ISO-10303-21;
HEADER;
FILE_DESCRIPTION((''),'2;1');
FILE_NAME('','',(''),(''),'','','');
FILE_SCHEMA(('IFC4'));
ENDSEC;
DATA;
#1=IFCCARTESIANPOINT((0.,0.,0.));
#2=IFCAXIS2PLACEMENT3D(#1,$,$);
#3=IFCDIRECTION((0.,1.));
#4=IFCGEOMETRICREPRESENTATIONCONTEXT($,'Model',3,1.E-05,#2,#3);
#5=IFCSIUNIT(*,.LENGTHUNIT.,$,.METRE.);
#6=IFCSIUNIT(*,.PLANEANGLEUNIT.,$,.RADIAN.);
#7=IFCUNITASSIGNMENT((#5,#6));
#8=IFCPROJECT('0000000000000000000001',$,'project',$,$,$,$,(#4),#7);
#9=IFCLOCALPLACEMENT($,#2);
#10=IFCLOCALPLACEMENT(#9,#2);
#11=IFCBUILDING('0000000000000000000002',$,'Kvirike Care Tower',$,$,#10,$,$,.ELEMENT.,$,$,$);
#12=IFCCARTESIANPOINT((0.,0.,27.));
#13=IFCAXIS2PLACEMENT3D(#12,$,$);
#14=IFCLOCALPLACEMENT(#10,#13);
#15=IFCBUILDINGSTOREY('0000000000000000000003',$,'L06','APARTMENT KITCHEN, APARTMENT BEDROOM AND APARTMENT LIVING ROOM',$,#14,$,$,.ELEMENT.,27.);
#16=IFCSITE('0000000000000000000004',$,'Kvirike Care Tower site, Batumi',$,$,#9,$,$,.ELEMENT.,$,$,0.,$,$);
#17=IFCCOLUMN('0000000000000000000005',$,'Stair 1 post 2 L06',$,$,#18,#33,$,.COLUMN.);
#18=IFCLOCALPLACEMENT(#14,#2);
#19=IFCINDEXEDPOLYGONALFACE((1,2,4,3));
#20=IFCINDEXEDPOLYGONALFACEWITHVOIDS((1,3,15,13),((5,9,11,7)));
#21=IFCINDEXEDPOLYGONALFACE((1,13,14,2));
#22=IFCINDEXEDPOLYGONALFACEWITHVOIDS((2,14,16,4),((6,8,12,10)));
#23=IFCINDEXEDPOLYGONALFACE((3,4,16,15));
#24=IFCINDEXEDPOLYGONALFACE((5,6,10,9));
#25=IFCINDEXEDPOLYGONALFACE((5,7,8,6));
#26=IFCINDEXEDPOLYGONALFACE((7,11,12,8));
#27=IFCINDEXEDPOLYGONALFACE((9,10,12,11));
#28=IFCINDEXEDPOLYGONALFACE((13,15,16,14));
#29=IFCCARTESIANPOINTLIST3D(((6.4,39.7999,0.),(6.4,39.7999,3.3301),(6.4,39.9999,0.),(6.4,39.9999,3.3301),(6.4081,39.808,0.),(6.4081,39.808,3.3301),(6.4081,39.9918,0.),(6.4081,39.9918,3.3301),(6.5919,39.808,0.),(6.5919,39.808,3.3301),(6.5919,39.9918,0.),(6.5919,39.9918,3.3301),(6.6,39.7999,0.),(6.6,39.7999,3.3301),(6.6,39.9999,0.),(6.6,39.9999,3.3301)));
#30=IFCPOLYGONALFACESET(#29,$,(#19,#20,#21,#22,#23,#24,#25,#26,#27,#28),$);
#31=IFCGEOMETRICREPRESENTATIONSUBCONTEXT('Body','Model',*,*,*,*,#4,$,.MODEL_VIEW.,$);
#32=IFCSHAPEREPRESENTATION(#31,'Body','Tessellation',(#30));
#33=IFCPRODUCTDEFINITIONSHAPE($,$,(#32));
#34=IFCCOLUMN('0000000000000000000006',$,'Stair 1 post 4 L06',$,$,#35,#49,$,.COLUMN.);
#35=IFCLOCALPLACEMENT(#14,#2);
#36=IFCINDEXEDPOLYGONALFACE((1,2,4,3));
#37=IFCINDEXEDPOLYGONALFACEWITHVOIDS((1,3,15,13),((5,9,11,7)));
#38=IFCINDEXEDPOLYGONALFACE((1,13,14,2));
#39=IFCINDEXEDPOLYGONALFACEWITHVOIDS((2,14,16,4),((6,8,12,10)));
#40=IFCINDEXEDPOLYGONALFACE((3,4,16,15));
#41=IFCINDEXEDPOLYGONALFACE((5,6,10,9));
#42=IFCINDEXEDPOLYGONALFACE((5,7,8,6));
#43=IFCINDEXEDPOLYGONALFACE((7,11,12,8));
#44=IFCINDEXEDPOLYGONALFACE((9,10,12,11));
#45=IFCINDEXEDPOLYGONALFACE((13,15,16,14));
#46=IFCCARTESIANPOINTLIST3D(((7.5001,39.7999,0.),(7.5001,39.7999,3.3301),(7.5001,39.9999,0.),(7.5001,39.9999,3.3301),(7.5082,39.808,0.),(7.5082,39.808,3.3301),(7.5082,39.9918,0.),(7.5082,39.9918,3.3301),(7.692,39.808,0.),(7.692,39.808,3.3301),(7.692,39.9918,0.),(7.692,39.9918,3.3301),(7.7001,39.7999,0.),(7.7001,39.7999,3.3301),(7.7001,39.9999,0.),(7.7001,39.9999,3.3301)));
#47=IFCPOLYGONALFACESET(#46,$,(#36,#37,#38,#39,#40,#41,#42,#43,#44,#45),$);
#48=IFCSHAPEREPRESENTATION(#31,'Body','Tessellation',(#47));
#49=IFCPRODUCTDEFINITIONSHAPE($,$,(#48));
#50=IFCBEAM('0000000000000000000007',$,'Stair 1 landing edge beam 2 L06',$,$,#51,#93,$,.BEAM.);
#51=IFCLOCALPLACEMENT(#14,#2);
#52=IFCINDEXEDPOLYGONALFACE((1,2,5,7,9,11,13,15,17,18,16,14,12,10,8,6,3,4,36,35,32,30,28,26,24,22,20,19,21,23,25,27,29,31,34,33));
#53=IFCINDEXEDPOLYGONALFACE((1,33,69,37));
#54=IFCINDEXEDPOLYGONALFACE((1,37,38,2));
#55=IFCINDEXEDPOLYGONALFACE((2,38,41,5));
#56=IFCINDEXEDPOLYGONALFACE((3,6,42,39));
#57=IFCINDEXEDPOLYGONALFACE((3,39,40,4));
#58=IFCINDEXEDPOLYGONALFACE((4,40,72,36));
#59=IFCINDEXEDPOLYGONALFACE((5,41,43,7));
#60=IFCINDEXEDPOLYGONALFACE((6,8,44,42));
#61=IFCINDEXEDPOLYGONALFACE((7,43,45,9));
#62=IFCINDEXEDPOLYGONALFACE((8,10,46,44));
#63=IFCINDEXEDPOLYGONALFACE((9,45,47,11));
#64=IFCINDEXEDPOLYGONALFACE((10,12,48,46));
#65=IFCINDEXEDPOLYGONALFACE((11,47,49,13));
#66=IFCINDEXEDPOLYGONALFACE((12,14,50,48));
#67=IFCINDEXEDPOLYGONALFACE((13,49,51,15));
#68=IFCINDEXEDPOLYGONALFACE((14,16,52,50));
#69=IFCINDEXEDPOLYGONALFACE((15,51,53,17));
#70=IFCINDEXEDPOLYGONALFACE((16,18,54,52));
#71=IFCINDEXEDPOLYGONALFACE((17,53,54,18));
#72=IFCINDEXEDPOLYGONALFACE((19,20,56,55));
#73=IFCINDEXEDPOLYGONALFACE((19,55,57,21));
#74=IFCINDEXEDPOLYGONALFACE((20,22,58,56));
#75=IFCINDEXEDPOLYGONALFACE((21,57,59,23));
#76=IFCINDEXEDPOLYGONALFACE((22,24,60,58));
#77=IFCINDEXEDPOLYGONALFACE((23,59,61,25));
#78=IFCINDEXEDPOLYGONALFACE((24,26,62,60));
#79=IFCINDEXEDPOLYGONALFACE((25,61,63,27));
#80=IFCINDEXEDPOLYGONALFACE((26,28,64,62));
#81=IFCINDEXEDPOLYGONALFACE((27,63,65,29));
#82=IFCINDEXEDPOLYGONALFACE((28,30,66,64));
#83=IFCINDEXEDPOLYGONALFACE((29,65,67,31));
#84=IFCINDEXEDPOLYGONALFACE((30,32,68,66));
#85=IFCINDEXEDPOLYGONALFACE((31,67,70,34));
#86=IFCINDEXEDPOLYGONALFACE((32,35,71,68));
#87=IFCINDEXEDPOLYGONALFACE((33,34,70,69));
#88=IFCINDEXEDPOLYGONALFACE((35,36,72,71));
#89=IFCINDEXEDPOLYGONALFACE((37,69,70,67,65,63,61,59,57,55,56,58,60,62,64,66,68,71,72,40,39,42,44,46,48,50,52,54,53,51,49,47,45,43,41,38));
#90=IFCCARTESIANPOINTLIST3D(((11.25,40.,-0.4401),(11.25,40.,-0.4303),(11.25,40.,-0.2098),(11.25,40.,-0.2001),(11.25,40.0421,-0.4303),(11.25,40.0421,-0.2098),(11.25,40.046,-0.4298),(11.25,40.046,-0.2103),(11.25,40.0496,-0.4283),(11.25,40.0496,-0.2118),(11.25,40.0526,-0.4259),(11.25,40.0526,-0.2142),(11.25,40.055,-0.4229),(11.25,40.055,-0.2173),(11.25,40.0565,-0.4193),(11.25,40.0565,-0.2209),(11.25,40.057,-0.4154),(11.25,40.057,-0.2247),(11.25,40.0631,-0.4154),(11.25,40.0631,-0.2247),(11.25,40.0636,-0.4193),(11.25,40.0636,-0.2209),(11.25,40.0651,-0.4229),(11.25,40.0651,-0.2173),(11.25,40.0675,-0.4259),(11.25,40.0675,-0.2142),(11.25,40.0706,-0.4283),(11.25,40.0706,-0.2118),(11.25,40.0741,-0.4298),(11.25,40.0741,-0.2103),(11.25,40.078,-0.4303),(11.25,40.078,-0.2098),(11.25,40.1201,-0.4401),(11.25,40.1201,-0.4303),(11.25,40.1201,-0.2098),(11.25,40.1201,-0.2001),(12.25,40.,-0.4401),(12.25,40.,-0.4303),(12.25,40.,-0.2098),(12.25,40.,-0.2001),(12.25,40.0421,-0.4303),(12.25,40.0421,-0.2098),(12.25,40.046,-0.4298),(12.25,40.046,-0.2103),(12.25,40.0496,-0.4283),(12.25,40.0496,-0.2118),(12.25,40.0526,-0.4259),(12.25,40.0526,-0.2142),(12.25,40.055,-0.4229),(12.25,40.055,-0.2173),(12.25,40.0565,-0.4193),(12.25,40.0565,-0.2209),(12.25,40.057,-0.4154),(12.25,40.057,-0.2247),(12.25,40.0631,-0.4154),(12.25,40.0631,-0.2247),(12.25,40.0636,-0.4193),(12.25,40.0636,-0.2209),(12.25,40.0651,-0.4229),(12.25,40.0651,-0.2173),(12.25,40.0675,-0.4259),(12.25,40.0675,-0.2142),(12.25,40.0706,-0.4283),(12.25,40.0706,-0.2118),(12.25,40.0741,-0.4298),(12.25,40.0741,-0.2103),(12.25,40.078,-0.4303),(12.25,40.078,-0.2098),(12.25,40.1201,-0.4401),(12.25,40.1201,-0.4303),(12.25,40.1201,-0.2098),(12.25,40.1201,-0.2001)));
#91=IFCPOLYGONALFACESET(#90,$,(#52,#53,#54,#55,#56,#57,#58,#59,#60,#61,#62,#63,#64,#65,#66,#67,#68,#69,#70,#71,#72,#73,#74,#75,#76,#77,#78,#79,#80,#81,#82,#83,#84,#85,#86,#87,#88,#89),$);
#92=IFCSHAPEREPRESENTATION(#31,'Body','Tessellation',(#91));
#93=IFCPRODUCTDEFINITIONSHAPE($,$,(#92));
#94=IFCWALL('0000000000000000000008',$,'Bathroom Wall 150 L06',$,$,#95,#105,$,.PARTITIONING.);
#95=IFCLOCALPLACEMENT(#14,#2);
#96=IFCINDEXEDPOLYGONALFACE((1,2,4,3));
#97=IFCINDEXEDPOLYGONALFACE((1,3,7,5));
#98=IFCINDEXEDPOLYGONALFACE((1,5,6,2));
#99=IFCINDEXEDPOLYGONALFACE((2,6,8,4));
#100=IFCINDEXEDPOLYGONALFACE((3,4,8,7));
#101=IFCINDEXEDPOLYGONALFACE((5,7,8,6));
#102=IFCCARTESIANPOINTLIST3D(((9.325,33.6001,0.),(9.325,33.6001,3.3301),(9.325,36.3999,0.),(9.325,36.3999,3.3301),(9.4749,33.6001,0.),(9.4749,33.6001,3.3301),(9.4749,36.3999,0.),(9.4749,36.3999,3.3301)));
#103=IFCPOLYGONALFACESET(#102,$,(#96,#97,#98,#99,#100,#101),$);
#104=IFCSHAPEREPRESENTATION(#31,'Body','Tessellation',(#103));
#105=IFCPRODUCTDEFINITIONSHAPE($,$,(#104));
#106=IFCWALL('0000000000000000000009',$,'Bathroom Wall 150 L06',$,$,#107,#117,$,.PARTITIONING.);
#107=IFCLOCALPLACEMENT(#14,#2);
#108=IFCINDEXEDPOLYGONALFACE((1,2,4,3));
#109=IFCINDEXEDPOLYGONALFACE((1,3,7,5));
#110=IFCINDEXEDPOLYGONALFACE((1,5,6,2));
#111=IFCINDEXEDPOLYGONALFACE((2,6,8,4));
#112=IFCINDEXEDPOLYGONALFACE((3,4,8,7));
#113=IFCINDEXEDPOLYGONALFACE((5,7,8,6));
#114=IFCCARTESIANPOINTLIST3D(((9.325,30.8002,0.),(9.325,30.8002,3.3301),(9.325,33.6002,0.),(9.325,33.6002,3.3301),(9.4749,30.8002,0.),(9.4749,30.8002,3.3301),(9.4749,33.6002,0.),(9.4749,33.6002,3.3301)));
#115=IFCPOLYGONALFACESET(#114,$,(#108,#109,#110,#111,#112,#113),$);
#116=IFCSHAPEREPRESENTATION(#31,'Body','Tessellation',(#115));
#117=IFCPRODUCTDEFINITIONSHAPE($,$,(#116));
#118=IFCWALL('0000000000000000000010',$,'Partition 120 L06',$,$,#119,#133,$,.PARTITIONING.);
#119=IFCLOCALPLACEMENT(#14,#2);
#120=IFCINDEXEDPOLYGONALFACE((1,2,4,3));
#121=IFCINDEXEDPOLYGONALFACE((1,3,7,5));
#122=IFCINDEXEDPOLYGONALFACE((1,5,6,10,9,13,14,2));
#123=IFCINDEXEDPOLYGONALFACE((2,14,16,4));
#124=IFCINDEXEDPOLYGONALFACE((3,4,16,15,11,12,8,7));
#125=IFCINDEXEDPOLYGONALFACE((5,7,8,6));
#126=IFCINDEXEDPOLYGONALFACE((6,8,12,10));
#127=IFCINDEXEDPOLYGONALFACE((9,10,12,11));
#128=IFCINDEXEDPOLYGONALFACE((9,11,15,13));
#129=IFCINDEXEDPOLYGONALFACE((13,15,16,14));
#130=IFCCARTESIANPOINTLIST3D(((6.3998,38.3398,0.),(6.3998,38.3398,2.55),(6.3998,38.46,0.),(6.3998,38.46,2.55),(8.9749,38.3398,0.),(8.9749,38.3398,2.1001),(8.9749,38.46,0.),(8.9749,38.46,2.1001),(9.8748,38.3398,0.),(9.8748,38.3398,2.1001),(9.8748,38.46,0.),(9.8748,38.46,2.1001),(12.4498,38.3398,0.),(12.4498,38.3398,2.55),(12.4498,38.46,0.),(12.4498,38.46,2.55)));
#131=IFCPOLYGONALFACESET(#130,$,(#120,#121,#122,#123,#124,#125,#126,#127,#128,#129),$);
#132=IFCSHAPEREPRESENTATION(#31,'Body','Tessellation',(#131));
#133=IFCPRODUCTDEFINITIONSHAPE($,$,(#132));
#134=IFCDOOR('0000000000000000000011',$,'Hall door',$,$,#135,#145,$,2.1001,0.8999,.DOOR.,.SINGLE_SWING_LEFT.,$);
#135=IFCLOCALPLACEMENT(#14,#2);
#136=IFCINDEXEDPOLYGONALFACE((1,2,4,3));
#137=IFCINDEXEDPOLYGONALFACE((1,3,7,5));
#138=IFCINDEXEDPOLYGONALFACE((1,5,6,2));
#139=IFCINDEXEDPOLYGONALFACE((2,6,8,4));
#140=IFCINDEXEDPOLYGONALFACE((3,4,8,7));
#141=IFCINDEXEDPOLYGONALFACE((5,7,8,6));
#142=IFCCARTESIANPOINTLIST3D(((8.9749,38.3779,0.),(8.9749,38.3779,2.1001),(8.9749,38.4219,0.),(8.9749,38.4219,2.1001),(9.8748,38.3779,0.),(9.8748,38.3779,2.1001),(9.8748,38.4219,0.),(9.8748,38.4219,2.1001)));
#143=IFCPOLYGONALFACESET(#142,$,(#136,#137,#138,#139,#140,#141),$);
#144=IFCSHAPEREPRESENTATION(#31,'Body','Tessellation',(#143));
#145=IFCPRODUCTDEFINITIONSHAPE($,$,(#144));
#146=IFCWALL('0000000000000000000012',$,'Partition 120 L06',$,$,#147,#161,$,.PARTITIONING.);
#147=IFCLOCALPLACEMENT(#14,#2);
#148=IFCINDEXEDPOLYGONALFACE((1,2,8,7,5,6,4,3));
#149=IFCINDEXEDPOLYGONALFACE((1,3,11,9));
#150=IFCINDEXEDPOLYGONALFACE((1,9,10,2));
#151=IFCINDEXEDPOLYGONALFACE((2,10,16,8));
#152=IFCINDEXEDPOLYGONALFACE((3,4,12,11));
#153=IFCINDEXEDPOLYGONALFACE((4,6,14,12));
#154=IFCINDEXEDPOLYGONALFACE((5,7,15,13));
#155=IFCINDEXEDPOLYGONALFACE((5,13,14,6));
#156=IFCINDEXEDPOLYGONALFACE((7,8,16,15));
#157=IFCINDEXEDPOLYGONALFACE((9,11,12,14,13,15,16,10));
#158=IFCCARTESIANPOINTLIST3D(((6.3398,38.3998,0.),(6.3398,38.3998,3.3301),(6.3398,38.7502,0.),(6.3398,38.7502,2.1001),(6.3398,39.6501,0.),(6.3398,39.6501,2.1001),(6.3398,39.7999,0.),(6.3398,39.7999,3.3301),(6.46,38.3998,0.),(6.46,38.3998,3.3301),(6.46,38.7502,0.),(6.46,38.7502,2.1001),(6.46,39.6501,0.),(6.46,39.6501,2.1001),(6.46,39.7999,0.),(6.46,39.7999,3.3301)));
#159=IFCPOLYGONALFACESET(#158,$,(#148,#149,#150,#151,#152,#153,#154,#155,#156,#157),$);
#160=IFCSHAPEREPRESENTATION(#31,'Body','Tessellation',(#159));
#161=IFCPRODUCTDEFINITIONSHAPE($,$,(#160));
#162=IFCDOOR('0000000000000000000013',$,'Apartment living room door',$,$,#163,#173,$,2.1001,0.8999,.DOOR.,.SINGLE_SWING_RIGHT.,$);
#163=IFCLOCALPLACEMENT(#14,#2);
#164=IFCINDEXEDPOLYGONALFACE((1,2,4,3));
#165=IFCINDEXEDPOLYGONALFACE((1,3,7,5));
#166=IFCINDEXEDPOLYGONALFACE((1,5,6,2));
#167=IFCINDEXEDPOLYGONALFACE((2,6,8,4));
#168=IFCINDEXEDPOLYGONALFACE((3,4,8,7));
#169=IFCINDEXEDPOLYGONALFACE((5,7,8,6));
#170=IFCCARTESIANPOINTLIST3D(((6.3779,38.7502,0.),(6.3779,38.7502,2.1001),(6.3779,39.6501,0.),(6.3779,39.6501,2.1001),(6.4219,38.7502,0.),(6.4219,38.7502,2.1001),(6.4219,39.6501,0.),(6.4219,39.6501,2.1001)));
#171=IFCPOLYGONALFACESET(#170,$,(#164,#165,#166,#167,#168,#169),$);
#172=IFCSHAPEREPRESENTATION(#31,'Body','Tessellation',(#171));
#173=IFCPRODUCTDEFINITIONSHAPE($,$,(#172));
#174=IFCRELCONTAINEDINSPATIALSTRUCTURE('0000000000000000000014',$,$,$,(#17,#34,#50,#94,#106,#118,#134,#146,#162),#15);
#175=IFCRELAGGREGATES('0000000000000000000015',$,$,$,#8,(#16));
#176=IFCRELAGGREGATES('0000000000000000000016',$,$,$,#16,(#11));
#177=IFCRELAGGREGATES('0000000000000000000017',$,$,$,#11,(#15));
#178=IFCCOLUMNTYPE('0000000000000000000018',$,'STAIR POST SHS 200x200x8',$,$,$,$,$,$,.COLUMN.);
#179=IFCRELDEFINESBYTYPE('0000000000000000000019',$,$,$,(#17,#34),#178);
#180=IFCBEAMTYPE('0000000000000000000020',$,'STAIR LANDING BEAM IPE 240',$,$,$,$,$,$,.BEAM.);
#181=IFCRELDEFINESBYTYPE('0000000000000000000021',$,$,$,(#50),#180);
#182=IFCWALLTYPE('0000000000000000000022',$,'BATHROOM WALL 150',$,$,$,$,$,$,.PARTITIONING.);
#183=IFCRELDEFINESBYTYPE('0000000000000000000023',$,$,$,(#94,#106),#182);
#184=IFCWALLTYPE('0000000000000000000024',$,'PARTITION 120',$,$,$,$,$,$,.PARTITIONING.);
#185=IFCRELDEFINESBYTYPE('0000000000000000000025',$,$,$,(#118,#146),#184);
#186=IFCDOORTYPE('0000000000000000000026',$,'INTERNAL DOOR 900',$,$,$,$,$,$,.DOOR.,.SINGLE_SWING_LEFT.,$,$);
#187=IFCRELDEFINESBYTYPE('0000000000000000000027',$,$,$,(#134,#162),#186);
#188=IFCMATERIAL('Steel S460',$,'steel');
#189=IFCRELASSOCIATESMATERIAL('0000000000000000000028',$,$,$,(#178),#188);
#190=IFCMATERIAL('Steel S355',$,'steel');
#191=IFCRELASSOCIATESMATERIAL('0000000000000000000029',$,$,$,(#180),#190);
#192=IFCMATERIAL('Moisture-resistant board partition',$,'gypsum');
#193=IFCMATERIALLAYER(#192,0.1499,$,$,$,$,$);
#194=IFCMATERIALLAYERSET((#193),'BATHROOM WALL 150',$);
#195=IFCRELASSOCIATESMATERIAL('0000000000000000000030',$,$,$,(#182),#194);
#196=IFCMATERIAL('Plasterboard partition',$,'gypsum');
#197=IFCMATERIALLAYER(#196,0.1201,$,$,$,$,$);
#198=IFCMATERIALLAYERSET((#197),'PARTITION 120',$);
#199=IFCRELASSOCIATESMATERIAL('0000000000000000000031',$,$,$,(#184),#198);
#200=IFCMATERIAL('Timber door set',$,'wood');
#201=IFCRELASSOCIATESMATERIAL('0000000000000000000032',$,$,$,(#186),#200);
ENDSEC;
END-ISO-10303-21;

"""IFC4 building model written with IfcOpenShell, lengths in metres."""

from ifc_helpers import new_model, si_unit, direction, frame, frame_2d, origin, origin_2d, place, context, subcontext, project, spatial, rectangle, hollow_rectangle, i_section, extrude, material, layer, layer_set, material_profile, profile_set, type_object, element, fill, save


model = new_model("IFC4")

# Units and contexts
model_context = context("Model", 3, precision=1e-05, world=origin(), true_north=direction((0.0, 1.0)))
body_context = subcontext(model_context, "Body", "Model", "MODEL_VIEW")
ifc_project = project(units=[si_unit("LENGTHUNIT", "METRE"), si_unit("PLANEANGLEUNIT", "RADIAN")], contexts=[model_context])

# Site, building, storey
site_placement = place(None, origin())
site = spatial("IfcSite", under=ifc_project, at=site_placement, Name="Kvirike Care Tower site, Batumi", CompositionType="ELEMENT", RefElevation=0.0)
building_placement = place(site_placement, origin())
building = spatial("IfcBuilding", under=site, at=building_placement, Name="Kvirike Care Tower", CompositionType="ELEMENT")
storey_placement = place(building_placement, frame((0.0, 0.0, 27.0)))
storey = spatial("IfcBuildingStorey", under=building, at=storey_placement, Name="L06", Description="APARTMENT KITCHEN, APARTMENT BEDROOM AND APARTMENT LIVING ROOM", CompositionType="ELEMENT", Elevation=27.0)

# Columns
ifc_material_1 = material(Name="Steel S460", Category="steel")
ifc_material_profile_1 = material_profile(ifc_material_1, hollow_rectangle(XDim=0.2, YDim=0.2, WallThickness=0.0081, at=origin_2d()), Name="SHS 200x200x8")
ifc_profile_set_1 = profile_set([ifc_material_profile_1], Name="Steel S460")
column_type = type_object("IfcColumnType", Name="STAIR POST SHS 200x200x8", PredefinedType="COLUMN", material=ifc_profile_set_1)
for number, where, z_axis, x_axis, name in (
    (1, (6.5, 39.8999, 0.0), (0.0, 0.0, 1.0), (1.0, 0.0, 0.0), "Stair 1 post 2 L06"),
    (2, (7.6001, 39.8999, 0.0), (0.0, 0.0, 1.0), (1.0, 0.0, 0.0), "Stair 1 post 4 L06"),
):
    element("IfcColumn", number, at=place(storey_placement, frame(where, z_axis=z_axis, x_axis=x_axis)), inside=storey, type_object=column_type, Name=name, PredefinedType="COLUMN", context=body_context, shape_type="SweptSolid", body=[
        extrude(hollow_rectangle(XDim=0.2, YDim=0.2, WallThickness=0.0081, at=origin_2d()), origin(), (0.0, 0.0, 1.0), 3.3301),
    ])

# Beam
ifc_material_2 = material(Name="Steel S355", Category="steel")
ifc_material_profile_2 = material_profile(ifc_material_2, i_section(OverallWidth=0.1201, OverallDepth=0.24, WebThickness=0.0061, FlangeThickness=0.0098, FilletRadius=0.0149, at=origin_2d()), Name="IPE 240")
ifc_profile_set_2 = profile_set([ifc_material_profile_2], Name="Steel S355")
beam_type = type_object("IfcBeamType", Name="STAIR LANDING BEAM IPE 240", PredefinedType="BEAM", material=ifc_profile_set_2)
beam_placement = place(storey_placement, frame((11.25, 40.0601, -0.3201), z_axis=(1.0, 0.0, 0.0), x_axis=(0.0, 1.0, 0.0)))
element("IfcBeam", 3, at=beam_placement, inside=storey, type_object=beam_type, Name="Stair 1 landing edge beam 2 L06", PredefinedType="BEAM", context=body_context, shape_type="SweptSolid", body=[
    extrude(i_section(OverallWidth=0.1201, OverallDepth=0.24, WebThickness=0.0061, FlangeThickness=0.0098, FilletRadius=0.0149, at=origin_2d()), origin(), (0.0, 0.0, 1.0), 1.0),
])

# Walls
ifc_material_3 = material(Name="Moisture-resistant board partition", Category="gypsum")
ifc_layer_1 = layer(ifc_material_3, 0.1499)
ifc_layer_set_1 = layer_set([ifc_layer_1], Name="BATHROOM WALL 150")
wall_type_1 = type_object("IfcWallType", Name="BATHROOM WALL 150", PredefinedType="PARTITIONING", material=ifc_layer_set_1)
wall_1_placement = place(storey_placement, frame((9.3999, 36.3999, 0.0), z_axis=(0.0, 0.0, 1.0), x_axis=(0.0, -1.0, 0.0)))
element("IfcWall", 4, at=wall_1_placement, inside=storey, type_object=wall_type_1, Name="Bathroom Wall 150 L06", PredefinedType="PARTITIONING", context=body_context, shape_type="SweptSolid", body=[
    extrude(rectangle(XDim=2.7998, YDim=0.1499, at=frame_2d((1.3999, 0.0))), origin(), (0.0, 0.0, 1.0), 3.3301),
])
wall_2_placement = place(storey_placement, frame((9.3999, 33.6001, 0.0), z_axis=(0.0, 0.0, 1.0), x_axis=(0.0, -1.0, 0.0)))
element("IfcWall", 5, at=wall_2_placement, inside=storey, type_object=wall_type_1, Name="Bathroom Wall 150 L06", PredefinedType="PARTITIONING", context=body_context, shape_type="SweptSolid", body=[
    extrude(rectangle(XDim=2.8, YDim=0.1499, at=frame_2d((1.3999, 0.0))), origin(), (0.0, 0.0, 1.0), 3.3301),
])

# Walls, openings, doors
ifc_material_4 = material(Name="Plasterboard partition", Category="gypsum")
ifc_layer_2 = layer(ifc_material_4, 0.1201)
ifc_layer_set_2 = layer_set([ifc_layer_2], Name="PARTITION 120")
wall_type_2 = type_object("IfcWallType", Name="PARTITION 120", PredefinedType="PARTITIONING", material=ifc_layer_set_2)
wall_3_placement = place(storey_placement, frame((6.3999, 38.3999, 0.0), z_axis=(0.0, 0.0, 1.0), x_axis=(1.0, 0.0, 0.0)))
wall_3 = element("IfcWall", 6, at=wall_3_placement, inside=storey, type_object=wall_type_2, Name="Partition 120 L06", PredefinedType="PARTITIONING", context=body_context, shape_type="SweptSolid", body=[
    extrude(rectangle(XDim=6.05, YDim=0.1201, at=frame_2d((3.0249, 0.0))), origin(), (0.0, 0.0, 1.0), 2.55),
])
opening_1_placement = place(wall_3_placement, frame((2.575, 0.0, 0.0)))
opening_1 = element("IfcOpeningElement", 7, at=opening_1_placement, cuts=wall_3, PredefinedType="OPENING", context=body_context, shape_type="SweptSolid", body=[
    extrude(rectangle(XDim=0.8999, YDim=2.1001, at=frame_2d((0.45, 1.05))), frame((0.0, 0.0706, 0.0), z_axis=(0.0, -1.0, 0.0), x_axis=(1.0, 0.0, 0.0)), (0.0, 0.0, 1.0), 0.1411),
])
ifc_material_5 = material(Name="Timber door set", Category="wood")
door_type_1 = type_object("IfcDoorType", Name="INTERNAL DOOR 900", OperationType="SINGLE_SWING_LEFT", PredefinedType="DOOR", material=ifc_material_5)
door_1_placement = place(opening_1_placement, origin())
door_1 = element("IfcDoor", 8, at=door_1_placement, inside=storey, type_object=door_type_1, Name="Hall door", OperationType="SINGLE_SWING_LEFT", OverallHeight=2.1001, OverallWidth=0.8999, PredefinedType="DOOR", context=body_context, shape_type="SweptSolid", body=[
    extrude(rectangle(XDim=0.8999, YDim=2.1001, at=frame_2d((0.45, 1.05))), frame((0.0, 0.022, 0.0), z_axis=(0.0, -1.0, 0.0), x_axis=(1.0, 0.0, 0.0)), (0.0, 0.0, 1.0), 0.0439),
])
fill(opening_1, door_1)
wall_4_placement = place(storey_placement, frame((6.3999, 39.8, 0.0), z_axis=(0.0, 0.0, 1.0), x_axis=(0.0, -1.0, 0.0)))
wall_4 = element("IfcWall", 9, at=wall_4_placement, inside=storey, type_object=wall_type_2, Name="Partition 120 L06", PredefinedType="PARTITIONING", context=body_context, shape_type="SweptSolid", body=[
    extrude(rectangle(XDim=1.4001, YDim=0.1201, at=frame_2d((0.7002, 0.0))), origin(), (0.0, 0.0, 1.0), 3.3301),
])
opening_2_placement = place(wall_4_placement, frame((0.1499, 0.0, 0.0)))
opening_2 = element("IfcOpeningElement", 10, at=opening_2_placement, cuts=wall_4, PredefinedType="OPENING", context=body_context, shape_type="SweptSolid", body=[
    extrude(rectangle(XDim=0.8999, YDim=2.1001, at=frame_2d((0.45, 1.05))), frame((0.0, 0.0706, 0.0), z_axis=(0.0, -1.0, 0.0), x_axis=(1.0, 0.0, 0.0)), (0.0, 0.0, 1.0), 0.1411),
])
door_2_placement = place(opening_2_placement, origin())
door_2 = element("IfcDoor", 11, at=door_2_placement, inside=storey, type_object=door_type_1, Name="Apartment living room door", OperationType="SINGLE_SWING_RIGHT", OverallHeight=2.1001, OverallWidth=0.8999, PredefinedType="DOOR", context=body_context, shape_type="SweptSolid", body=[
    extrude(rectangle(XDim=0.8999, YDim=2.1001, at=frame_2d((0.45, 1.05))), frame((0.0, 0.022, 0.0), z_axis=(0.0, -1.0, 0.0), x_axis=(1.0, 0.0, 0.0)), (0.0, 0.0, 1.0), 0.0439),
])
fill(opening_2, door_2)

save(model, "model.ifc")
